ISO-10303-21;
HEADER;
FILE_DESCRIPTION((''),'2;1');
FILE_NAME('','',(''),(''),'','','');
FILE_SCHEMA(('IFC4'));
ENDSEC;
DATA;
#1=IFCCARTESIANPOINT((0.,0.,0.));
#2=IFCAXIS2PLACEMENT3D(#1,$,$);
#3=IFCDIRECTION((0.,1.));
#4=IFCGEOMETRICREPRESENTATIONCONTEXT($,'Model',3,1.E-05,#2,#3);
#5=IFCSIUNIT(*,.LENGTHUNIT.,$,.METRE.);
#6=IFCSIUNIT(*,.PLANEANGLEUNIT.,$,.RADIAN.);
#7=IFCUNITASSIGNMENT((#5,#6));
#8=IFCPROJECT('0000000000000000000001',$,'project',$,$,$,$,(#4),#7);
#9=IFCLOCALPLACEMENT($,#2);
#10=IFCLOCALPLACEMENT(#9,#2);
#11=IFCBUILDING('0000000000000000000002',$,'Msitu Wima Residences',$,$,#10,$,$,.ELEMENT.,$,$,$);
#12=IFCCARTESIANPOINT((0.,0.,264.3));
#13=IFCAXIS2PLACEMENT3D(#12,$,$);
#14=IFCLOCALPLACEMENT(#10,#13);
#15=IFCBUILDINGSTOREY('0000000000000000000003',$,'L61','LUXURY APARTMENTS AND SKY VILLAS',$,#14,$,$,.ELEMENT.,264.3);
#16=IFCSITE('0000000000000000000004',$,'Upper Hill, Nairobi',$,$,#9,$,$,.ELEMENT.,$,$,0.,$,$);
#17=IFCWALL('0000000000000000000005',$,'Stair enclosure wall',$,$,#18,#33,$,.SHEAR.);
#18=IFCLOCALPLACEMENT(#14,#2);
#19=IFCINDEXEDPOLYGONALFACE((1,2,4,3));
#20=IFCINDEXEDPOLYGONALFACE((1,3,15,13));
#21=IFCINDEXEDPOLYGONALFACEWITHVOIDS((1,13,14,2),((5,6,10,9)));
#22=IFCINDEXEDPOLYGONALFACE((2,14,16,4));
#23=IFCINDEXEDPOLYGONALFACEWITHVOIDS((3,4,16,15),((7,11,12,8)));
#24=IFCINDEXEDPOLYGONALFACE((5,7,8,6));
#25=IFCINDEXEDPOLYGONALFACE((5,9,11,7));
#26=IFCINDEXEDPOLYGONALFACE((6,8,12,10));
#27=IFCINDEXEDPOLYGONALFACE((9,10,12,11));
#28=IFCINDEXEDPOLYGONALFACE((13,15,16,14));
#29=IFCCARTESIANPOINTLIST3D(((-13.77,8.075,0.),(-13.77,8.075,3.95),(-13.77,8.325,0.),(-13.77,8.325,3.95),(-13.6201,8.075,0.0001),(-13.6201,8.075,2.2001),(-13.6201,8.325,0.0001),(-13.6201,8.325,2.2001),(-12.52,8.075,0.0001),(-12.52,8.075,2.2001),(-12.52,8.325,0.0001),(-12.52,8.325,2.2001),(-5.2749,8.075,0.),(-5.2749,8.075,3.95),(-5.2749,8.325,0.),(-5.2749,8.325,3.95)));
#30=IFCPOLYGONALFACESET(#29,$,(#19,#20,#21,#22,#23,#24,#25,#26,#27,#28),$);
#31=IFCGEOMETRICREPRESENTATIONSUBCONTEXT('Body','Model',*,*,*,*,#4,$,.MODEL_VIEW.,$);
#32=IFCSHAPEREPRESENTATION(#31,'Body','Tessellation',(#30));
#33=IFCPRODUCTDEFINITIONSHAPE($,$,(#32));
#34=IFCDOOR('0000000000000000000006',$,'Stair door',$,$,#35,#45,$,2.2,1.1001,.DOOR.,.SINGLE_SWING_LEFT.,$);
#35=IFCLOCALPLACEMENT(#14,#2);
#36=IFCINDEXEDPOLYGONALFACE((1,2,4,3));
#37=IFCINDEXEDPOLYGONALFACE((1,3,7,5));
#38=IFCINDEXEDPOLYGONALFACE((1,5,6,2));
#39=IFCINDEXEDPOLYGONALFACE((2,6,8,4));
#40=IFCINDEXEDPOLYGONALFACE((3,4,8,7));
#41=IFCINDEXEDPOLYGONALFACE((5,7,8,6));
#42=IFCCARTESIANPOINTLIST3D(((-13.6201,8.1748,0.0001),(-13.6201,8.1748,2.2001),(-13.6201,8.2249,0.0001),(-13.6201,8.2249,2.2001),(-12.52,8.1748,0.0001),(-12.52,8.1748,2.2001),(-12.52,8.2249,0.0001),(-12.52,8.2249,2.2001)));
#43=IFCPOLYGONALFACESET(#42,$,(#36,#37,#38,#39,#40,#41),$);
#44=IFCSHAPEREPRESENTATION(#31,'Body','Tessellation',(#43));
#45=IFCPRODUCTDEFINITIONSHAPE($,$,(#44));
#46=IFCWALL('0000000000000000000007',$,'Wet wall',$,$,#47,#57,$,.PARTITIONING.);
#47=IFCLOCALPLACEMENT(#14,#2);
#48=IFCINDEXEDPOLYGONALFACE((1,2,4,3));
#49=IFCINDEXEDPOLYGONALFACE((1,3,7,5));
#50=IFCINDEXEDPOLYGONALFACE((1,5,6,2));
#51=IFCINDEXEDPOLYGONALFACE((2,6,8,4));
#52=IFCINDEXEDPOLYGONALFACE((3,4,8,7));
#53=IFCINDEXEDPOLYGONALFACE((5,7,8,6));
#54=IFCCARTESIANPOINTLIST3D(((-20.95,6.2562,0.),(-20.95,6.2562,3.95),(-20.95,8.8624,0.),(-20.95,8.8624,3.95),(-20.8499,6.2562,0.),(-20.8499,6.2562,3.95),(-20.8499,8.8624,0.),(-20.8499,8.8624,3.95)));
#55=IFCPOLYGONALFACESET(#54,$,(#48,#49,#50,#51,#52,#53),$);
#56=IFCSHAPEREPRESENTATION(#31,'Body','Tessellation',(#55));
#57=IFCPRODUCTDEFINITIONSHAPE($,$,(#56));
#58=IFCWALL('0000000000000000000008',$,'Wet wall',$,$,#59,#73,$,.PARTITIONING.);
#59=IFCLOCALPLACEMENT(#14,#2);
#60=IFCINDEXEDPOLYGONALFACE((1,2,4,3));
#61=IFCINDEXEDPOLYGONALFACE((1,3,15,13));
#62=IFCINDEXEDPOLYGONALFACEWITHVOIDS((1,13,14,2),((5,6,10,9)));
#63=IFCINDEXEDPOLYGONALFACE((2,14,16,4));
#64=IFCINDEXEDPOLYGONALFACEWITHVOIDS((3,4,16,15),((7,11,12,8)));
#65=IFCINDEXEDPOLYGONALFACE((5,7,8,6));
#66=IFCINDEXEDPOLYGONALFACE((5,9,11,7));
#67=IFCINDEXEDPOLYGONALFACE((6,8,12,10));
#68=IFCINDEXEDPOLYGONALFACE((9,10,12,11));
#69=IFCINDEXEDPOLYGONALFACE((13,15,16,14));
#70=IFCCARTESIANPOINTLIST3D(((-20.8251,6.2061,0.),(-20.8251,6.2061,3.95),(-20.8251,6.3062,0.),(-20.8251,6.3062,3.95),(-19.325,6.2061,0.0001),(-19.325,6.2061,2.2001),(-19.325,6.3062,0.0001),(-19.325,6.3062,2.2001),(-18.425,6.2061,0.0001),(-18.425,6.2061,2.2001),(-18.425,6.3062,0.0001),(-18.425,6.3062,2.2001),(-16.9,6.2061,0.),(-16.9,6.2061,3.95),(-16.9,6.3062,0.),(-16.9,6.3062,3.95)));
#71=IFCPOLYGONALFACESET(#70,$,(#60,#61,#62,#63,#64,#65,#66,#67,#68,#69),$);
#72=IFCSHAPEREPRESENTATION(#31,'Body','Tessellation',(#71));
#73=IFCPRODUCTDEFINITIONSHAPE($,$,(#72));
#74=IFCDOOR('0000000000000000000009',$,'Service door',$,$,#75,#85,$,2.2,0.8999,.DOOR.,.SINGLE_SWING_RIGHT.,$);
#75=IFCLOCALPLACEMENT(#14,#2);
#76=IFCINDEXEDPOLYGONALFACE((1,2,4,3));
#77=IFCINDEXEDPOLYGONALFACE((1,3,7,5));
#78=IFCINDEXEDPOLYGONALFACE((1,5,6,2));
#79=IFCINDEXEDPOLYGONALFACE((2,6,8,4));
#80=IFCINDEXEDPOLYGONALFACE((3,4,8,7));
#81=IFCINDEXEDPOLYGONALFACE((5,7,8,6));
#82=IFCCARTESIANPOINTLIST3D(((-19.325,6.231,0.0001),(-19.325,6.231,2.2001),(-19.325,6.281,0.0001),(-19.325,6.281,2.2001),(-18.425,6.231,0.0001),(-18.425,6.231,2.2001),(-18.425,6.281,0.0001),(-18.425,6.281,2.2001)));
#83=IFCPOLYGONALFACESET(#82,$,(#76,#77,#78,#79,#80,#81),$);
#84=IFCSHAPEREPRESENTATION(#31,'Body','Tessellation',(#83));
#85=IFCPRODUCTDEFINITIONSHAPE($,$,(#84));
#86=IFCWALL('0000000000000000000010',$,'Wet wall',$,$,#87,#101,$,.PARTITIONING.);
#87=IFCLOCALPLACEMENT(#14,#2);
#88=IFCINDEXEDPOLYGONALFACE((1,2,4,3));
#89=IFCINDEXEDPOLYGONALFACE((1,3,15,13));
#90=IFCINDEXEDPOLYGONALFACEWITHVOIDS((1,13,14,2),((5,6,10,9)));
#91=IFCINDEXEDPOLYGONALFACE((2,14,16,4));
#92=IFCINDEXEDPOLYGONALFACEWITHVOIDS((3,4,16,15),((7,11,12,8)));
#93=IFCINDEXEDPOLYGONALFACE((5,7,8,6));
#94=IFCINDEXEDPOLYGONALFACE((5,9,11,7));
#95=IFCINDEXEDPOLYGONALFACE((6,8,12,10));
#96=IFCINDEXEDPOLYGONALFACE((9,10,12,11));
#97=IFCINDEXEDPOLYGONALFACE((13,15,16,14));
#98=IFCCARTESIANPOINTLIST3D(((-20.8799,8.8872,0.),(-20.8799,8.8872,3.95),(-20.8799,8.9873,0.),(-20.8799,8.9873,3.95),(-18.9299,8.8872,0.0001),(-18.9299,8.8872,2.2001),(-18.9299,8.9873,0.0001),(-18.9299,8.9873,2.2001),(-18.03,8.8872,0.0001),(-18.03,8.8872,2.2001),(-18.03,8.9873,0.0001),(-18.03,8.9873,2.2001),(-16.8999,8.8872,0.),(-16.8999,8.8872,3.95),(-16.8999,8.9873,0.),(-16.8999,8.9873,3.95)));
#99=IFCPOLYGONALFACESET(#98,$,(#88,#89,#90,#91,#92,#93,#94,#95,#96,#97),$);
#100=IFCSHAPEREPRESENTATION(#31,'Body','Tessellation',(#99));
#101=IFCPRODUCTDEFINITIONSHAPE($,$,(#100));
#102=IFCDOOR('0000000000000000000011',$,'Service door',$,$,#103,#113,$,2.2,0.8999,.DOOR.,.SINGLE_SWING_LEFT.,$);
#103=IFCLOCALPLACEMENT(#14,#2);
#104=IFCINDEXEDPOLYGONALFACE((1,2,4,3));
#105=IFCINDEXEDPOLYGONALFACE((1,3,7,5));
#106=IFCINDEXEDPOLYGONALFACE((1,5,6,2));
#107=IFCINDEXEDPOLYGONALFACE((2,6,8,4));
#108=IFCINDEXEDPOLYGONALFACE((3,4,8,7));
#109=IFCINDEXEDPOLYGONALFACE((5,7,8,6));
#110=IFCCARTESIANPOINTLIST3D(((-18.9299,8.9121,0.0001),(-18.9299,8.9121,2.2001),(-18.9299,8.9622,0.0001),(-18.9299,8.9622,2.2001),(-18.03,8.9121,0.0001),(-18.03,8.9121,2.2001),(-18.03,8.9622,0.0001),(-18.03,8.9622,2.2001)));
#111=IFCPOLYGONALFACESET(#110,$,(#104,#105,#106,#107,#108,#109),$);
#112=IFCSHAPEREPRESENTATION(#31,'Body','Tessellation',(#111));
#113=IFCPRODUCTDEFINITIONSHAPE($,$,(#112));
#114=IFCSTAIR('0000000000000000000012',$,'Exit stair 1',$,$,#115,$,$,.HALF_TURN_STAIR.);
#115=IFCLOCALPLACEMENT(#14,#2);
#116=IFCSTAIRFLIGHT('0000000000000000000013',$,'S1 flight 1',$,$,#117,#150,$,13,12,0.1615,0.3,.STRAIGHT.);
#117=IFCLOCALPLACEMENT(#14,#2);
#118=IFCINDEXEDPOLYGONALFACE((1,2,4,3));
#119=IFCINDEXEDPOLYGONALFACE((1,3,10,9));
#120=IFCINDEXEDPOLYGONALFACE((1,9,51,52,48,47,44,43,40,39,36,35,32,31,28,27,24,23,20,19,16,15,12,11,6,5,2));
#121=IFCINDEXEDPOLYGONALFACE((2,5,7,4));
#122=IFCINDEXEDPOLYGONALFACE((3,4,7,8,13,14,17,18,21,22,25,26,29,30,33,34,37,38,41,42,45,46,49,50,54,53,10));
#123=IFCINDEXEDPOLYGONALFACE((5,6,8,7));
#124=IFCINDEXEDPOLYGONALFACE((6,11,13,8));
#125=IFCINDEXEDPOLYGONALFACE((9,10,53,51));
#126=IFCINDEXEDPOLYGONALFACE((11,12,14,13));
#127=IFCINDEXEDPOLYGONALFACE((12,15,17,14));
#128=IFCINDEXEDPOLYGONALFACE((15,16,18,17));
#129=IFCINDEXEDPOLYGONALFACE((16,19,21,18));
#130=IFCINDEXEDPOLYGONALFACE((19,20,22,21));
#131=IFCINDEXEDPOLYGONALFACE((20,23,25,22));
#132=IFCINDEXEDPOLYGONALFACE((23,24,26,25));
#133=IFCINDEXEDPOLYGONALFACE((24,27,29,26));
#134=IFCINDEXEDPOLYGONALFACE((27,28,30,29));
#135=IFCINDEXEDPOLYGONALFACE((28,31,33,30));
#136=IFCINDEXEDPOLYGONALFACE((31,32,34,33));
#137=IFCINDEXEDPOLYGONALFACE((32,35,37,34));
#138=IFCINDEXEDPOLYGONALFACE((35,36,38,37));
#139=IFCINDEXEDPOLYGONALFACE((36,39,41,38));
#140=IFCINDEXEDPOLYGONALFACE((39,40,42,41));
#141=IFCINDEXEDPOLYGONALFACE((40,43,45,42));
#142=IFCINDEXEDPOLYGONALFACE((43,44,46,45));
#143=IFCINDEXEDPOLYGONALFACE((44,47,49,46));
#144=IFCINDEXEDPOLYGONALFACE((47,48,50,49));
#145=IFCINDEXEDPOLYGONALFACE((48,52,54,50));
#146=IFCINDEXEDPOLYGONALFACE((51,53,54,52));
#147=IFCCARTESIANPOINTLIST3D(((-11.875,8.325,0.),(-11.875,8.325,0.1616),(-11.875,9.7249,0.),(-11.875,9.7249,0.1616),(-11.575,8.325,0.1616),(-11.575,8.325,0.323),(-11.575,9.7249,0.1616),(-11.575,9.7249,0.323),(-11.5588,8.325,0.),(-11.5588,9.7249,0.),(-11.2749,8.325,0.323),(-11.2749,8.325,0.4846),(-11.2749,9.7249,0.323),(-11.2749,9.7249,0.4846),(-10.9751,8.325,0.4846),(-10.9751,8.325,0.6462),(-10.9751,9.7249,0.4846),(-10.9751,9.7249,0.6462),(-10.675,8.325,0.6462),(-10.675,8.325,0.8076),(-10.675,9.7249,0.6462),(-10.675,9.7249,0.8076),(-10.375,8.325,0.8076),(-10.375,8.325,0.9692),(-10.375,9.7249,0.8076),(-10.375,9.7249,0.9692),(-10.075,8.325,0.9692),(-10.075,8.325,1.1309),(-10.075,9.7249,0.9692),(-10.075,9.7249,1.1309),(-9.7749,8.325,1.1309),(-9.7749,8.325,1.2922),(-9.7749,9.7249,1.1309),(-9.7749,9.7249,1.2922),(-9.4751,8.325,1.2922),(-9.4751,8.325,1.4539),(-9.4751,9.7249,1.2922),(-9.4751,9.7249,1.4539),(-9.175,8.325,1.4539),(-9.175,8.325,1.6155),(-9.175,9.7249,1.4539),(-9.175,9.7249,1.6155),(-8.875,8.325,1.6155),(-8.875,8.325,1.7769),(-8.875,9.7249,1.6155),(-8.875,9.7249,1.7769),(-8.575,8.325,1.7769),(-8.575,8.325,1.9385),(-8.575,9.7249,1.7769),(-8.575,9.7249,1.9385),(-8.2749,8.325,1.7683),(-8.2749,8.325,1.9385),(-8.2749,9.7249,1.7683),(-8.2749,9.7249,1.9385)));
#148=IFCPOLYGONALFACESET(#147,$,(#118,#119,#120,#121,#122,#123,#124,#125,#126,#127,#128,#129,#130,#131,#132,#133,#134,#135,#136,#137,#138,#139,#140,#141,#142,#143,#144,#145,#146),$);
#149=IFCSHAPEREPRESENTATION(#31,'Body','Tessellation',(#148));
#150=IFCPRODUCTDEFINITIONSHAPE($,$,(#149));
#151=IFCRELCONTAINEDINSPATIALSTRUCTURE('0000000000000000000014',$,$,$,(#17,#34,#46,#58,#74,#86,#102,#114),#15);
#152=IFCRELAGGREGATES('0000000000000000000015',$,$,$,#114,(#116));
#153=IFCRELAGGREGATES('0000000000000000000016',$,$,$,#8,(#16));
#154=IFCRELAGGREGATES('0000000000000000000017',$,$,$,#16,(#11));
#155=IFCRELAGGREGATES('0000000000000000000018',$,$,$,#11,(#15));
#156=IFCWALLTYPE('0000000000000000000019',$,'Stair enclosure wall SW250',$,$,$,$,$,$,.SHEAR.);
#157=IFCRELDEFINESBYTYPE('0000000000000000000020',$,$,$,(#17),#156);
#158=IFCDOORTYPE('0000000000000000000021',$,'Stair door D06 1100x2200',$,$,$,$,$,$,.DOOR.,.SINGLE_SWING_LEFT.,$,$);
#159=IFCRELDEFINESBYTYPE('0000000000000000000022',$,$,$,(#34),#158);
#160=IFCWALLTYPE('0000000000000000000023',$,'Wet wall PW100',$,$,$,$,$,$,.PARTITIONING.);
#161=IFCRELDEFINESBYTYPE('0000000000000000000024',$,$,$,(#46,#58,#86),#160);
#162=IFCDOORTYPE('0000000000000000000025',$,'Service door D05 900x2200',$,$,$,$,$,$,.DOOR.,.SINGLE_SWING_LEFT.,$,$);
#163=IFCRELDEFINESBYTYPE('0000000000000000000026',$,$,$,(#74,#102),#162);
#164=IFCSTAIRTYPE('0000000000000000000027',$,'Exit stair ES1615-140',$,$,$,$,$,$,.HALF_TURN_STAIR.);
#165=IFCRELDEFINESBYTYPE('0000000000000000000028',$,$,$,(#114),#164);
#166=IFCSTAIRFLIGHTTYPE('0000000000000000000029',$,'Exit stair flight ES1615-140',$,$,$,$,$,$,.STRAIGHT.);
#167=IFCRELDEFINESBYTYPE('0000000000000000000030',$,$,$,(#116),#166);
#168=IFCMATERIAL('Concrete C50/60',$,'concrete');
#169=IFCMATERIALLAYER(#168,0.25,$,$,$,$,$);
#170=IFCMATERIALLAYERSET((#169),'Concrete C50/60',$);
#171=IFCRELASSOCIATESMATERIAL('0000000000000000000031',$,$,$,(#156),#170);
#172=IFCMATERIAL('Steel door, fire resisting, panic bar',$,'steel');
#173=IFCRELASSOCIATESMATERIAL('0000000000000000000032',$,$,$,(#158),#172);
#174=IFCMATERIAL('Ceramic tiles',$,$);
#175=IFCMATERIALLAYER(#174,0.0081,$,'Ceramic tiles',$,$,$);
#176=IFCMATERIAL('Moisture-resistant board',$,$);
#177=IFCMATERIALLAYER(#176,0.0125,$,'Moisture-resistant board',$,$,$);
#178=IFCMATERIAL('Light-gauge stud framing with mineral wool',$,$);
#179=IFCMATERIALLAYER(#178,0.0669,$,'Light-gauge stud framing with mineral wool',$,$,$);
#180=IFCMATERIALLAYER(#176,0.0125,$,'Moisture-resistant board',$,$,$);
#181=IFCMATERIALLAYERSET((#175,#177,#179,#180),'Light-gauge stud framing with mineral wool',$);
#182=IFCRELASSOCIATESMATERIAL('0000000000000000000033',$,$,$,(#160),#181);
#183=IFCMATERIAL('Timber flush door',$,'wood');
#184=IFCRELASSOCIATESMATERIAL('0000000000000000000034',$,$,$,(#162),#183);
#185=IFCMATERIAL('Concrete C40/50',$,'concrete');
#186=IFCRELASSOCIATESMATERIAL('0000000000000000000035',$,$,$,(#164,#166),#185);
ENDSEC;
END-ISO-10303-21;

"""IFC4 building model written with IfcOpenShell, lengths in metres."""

from ifc_helpers import new_model, si_unit, direction, frame, frame_2d, origin, place, context, subcontext, project, spatial, polyline, rectangle, outline, extrude, material, layer, layer_set, type_object, element, fill, aggregate, save


model = new_model("IFC4")

# Units and contexts
model_context = context("Model", 3, precision=1e-05, world=origin(), true_north=direction((0.0, 1.0)))
body_context = subcontext(model_context, "Body", "Model", "MODEL_VIEW")
ifc_project = project(units=[si_unit("LENGTHUNIT", "METRE"), si_unit("PLANEANGLEUNIT", "RADIAN")], contexts=[model_context])

# Site, building, storey
site_placement = place(None, origin())
site = spatial("IfcSite", under=ifc_project, at=site_placement, Name="Upper Hill, Nairobi", CompositionType="ELEMENT", RefElevation=0.0)
building_placement = place(site_placement, origin())
building = spatial("IfcBuilding", under=site, at=building_placement, Name="Msitu Wima Residences", CompositionType="ELEMENT")
storey_placement = place(building_placement, frame((0.0, 0.0, 264.3)))
storey = spatial("IfcBuildingStorey", under=building, at=storey_placement, Name="L61", Description="LUXURY APARTMENTS AND SKY VILLAS", CompositionType="ELEMENT", Elevation=264.3)

# Shared definitions
ifc_material_1 = material(Name="Concrete C50/60", Category="concrete")

# Shared definitions
ifc_material_2 = material(Name="Timber flush door", Category="wood")

# Shared definitions
ifc_material_3 = material(Name="Light-gauge stud framing with mineral wool")

# Wall, opening, door
ifc_layer_1 = layer(ifc_material_1, 0.25)
ifc_layer_set_1 = layer_set([ifc_layer_1], Name="Concrete C50/60")
wall_type_1 = type_object("IfcWallType", Name="Stair enclosure wall SW250", PredefinedType="SHEAR", material=ifc_layer_set_1)
wall_1_placement = place(storey_placement, frame((-13.77, 8.2, 0.0), z_axis=(0.0, 0.0, 1.0), x_axis=(1.0, 0.0, 0.0)))
wall_1 = element("IfcWall", 1, at=wall_1_placement, inside=storey, type_object=wall_type_1, Name="Stair enclosure wall", PredefinedType="SHEAR", context=body_context, shape_type="SweptSolid", body=[
    extrude(rectangle(XDim=8.4951, YDim=0.25, at=frame_2d((4.2476, 0.0))), origin(), (0.0, 0.0, 1.0), 3.95),
])
opening_1_placement = place(wall_1_placement, frame((0.1499, 0.0, 0.0)))
opening_1 = element("IfcOpeningElement", 2, at=opening_1_placement, cuts=wall_1, PredefinedType="OPENING", context=body_context, shape_type="SweptSolid", body=[
    extrude(rectangle(XDim=1.1001, YDim=2.2, at=frame_2d((0.55, 1.1001))), frame((0.0, 0.135, 0.0), z_axis=(0.0, -1.0, 0.0), x_axis=(1.0, 0.0, 0.0)), (0.0, 0.0, 1.0), 0.27),
])
ifc_material_4 = material(Name="Steel door, fire resisting, panic bar", Category="steel")
door_type_1 = type_object("IfcDoorType", Name="Stair door D06 1100x2200", OperationType="SINGLE_SWING_LEFT", PredefinedType="DOOR", material=ifc_material_4)
door_1_placement = place(opening_1_placement, origin())
door_1 = element("IfcDoor", 3, at=door_1_placement, inside=storey, type_object=door_type_1, Name="Stair door", OperationType="SINGLE_SWING_LEFT", OverallHeight=2.2, OverallWidth=1.1001, PredefinedType="DOOR", context=body_context, shape_type="SweptSolid", body=[
    extrude(rectangle(XDim=1.1001, YDim=2.2, at=frame_2d((0.55, 1.1001))), frame((0.0, 0.0249, 0.0), z_axis=(0.0, -1.0, 0.0), x_axis=(1.0, 0.0, 0.0)), (0.0, 0.0, 1.0), 0.05),
])
fill(opening_1, door_1)

# Wall
ifc_material_5 = material(Name="Ceramic tiles")
ifc_layer_2 = layer(ifc_material_5, 0.0081, Name="Ceramic tiles")
ifc_material_6 = material(Name="Moisture-resistant board")
ifc_layer_3 = layer(ifc_material_6, 0.0125, Name="Moisture-resistant board")
ifc_layer_4 = layer(ifc_material_3, 0.0669, Name="Light-gauge stud framing with mineral wool")
ifc_layer_5 = layer(ifc_material_6, 0.0125, Name="Moisture-resistant board")
ifc_layer_set_2 = layer_set([ifc_layer_2, ifc_layer_3, ifc_layer_4, ifc_layer_5], Name="Light-gauge stud framing with mineral wool")
wall_type_2 = type_object("IfcWallType", Name="Wet wall PW100", PredefinedType="PARTITIONING", material=ifc_layer_set_2)
wall_2_placement = place(storey_placement, frame((-20.8999, 6.2561, 0.0), z_axis=(0.0, 0.0, 1.0), x_axis=(0.0, 1.0, 0.0)))
element("IfcWall", 4, at=wall_2_placement, inside=storey, type_object=wall_type_2, Name="Wet wall", PredefinedType="PARTITIONING", context=body_context, shape_type="SweptSolid", body=[
    extrude(rectangle(XDim=2.6062, YDim=0.1001, at=frame_2d((1.3032, 0.0))), origin(), (0.0, 0.0, 1.0), 3.95),
])

# Walls, openings, doors
wall_3_placement = place(storey_placement, frame((-20.825, 6.2561, 0.0), z_axis=(0.0, 0.0, 1.0), x_axis=(1.0, 0.0, 0.0)))
wall_3 = element("IfcWall", 5, at=wall_3_placement, inside=storey, type_object=wall_type_2, Name="Wet wall", PredefinedType="PARTITIONING", context=body_context, shape_type="SweptSolid", body=[
    extrude(rectangle(XDim=3.925, YDim=0.1001, at=frame_2d((1.9624, 0.0))), origin(), (0.0, 0.0, 1.0), 3.95),
])
opening_2_placement = place(wall_3_placement, frame((1.5, 0.0, 0.0)))
opening_2 = element("IfcOpeningElement", 6, at=opening_2_placement, cuts=wall_3, PredefinedType="OPENING", context=body_context, shape_type="SweptSolid", body=[
    extrude(rectangle(XDim=0.8999, YDim=2.2, at=frame_2d((0.45, 1.1001))), frame((0.0, 0.0601, 0.0), z_axis=(0.0, -1.0, 0.0), x_axis=(1.0, 0.0, 0.0)), (0.0, 0.0, 1.0), 0.1201),
])
door_type_2 = type_object("IfcDoorType", Name="Service door D05 900x2200", OperationType="SINGLE_SWING_LEFT", PredefinedType="DOOR", material=ifc_material_2)
door_2_placement = place(opening_2_placement, origin())
door_2 = element("IfcDoor", 7, at=door_2_placement, inside=storey, type_object=door_type_2, Name="Service door", OperationType="SINGLE_SWING_RIGHT", OverallHeight=2.2, OverallWidth=0.8999, PredefinedType="DOOR", context=body_context, shape_type="SweptSolid", body=[
    extrude(rectangle(XDim=0.8999, YDim=2.2, at=frame_2d((0.45, 1.1001))), frame((0.0, 0.0249, 0.0), z_axis=(0.0, -1.0, 0.0), x_axis=(1.0, 0.0, 0.0)), (0.0, 0.0, 1.0), 0.05),
])
fill(opening_2, door_2)
wall_4_placement = place(storey_placement, frame((-20.8799, 8.9373, 0.0), z_axis=(0.0, 0.0, 1.0), x_axis=(1.0, 0.0, 0.0)))
wall_4 = element("IfcWall", 8, at=wall_4_placement, inside=storey, type_object=wall_type_2, Name="Wet wall", PredefinedType="PARTITIONING", context=body_context, shape_type="SweptSolid", body=[
    extrude(rectangle(XDim=3.98, YDim=0.1001, at=frame_2d((1.99, 0.0))), origin(), (0.0, 0.0, 1.0), 3.95),
])
opening_3_placement = place(wall_4_placement, frame((1.95, 0.0, 0.0)))
opening_3 = element("IfcOpeningElement", 9, at=opening_3_placement, cuts=wall_4, PredefinedType="OPENING", context=body_context, shape_type="SweptSolid", body=[
    extrude(rectangle(XDim=0.8999, YDim=2.2, at=frame_2d((0.45, 1.1001))), frame((0.0, 0.0601, 0.0), z_axis=(0.0, -1.0, 0.0), x_axis=(1.0, 0.0, 0.0)), (0.0, 0.0, 1.0), 0.1201),
])
door_3_placement = place(opening_3_placement, origin())
door_3 = element("IfcDoor", 10, at=door_3_placement, inside=storey, type_object=door_type_2, Name="Service door", OperationType="SINGLE_SWING_LEFT", OverallHeight=2.2, OverallWidth=0.8999, PredefinedType="DOOR", context=body_context, shape_type="SweptSolid", body=[
    extrude(rectangle(XDim=0.8999, YDim=2.2, at=frame_2d((0.45, 1.1001))), frame((0.0, 0.0249, 0.0), z_axis=(0.0, -1.0, 0.0), x_axis=(1.0, 0.0, 0.0)), (0.0, 0.0, 1.0), 0.05),
])
fill(opening_3, door_3)

# Stair, stair flight
ifc_material_7 = material(Name="Concrete C40/50", Category="concrete")
stair_type = type_object("IfcStairType", Name="Exit stair ES1615-140", PredefinedType="HALF_TURN_STAIR", material=ifc_material_7)
stair_placement = place(storey_placement, origin())
stair = element("IfcStair", 11, at=stair_placement, inside=storey, type_object=stair_type, Name="Exit stair 1", PredefinedType="HALF_TURN_STAIR")
stair_flight_type = type_object("IfcStairFlightType", Name="Exit stair flight ES1615-140", PredefinedType="STRAIGHT", material=ifc_material_7)
stair_flight_placement = place(storey_placement, frame((-11.875, 9.0249, 0.0), z_axis=(0.0, 0.0, 1.0), x_axis=(1.0, 0.0, 0.0)))
stair_flight = element("IfcStairFlight", 12, at=stair_flight_placement, type_object=stair_flight_type, Name="S1 flight 1", NumberOfRisers=13, NumberOfTreads=12, PredefinedType="STRAIGHT", RiserHeight=0.1615, TreadLength=0.3, context=body_context, shape_type="SweptSolid", body=[
    extrude(outline(polyline([(0.0, 0.0), (0.0, 0.1616), (0.3, 0.1616), (0.3, 0.323), (0.6001, 0.323), (0.6001, 0.4846), (0.8999, 0.4846), (0.8999, 0.6462), (1.2, 0.6462), (1.2, 0.8076), (1.5, 0.8076), (1.5, 0.9692), (1.8, 0.9692), (1.8, 1.1309), (2.1001, 1.1309), (2.1001, 1.2922), (2.3999, 1.2922), (2.3999, 1.4539), (2.7, 1.4539), (2.7, 1.6155), (3.0, 1.6155), (3.0, 1.7769), (3.3, 1.7769), (3.3, 1.9385), (3.6001, 1.9385), (3.6001, 2.1001), (3.6001, 1.7683), (0.3162, 0.0), (0.0, 0.0)])), frame((0.0, 0.7, 0.0), z_axis=(0.0, -1.0, 0.0), x_axis=(1.0, 0.0, 0.0)), (0.0, 0.0, 1.0), 1.3999),
])
aggregate(stair, [stair_flight])

save(model, "model.ifc")
